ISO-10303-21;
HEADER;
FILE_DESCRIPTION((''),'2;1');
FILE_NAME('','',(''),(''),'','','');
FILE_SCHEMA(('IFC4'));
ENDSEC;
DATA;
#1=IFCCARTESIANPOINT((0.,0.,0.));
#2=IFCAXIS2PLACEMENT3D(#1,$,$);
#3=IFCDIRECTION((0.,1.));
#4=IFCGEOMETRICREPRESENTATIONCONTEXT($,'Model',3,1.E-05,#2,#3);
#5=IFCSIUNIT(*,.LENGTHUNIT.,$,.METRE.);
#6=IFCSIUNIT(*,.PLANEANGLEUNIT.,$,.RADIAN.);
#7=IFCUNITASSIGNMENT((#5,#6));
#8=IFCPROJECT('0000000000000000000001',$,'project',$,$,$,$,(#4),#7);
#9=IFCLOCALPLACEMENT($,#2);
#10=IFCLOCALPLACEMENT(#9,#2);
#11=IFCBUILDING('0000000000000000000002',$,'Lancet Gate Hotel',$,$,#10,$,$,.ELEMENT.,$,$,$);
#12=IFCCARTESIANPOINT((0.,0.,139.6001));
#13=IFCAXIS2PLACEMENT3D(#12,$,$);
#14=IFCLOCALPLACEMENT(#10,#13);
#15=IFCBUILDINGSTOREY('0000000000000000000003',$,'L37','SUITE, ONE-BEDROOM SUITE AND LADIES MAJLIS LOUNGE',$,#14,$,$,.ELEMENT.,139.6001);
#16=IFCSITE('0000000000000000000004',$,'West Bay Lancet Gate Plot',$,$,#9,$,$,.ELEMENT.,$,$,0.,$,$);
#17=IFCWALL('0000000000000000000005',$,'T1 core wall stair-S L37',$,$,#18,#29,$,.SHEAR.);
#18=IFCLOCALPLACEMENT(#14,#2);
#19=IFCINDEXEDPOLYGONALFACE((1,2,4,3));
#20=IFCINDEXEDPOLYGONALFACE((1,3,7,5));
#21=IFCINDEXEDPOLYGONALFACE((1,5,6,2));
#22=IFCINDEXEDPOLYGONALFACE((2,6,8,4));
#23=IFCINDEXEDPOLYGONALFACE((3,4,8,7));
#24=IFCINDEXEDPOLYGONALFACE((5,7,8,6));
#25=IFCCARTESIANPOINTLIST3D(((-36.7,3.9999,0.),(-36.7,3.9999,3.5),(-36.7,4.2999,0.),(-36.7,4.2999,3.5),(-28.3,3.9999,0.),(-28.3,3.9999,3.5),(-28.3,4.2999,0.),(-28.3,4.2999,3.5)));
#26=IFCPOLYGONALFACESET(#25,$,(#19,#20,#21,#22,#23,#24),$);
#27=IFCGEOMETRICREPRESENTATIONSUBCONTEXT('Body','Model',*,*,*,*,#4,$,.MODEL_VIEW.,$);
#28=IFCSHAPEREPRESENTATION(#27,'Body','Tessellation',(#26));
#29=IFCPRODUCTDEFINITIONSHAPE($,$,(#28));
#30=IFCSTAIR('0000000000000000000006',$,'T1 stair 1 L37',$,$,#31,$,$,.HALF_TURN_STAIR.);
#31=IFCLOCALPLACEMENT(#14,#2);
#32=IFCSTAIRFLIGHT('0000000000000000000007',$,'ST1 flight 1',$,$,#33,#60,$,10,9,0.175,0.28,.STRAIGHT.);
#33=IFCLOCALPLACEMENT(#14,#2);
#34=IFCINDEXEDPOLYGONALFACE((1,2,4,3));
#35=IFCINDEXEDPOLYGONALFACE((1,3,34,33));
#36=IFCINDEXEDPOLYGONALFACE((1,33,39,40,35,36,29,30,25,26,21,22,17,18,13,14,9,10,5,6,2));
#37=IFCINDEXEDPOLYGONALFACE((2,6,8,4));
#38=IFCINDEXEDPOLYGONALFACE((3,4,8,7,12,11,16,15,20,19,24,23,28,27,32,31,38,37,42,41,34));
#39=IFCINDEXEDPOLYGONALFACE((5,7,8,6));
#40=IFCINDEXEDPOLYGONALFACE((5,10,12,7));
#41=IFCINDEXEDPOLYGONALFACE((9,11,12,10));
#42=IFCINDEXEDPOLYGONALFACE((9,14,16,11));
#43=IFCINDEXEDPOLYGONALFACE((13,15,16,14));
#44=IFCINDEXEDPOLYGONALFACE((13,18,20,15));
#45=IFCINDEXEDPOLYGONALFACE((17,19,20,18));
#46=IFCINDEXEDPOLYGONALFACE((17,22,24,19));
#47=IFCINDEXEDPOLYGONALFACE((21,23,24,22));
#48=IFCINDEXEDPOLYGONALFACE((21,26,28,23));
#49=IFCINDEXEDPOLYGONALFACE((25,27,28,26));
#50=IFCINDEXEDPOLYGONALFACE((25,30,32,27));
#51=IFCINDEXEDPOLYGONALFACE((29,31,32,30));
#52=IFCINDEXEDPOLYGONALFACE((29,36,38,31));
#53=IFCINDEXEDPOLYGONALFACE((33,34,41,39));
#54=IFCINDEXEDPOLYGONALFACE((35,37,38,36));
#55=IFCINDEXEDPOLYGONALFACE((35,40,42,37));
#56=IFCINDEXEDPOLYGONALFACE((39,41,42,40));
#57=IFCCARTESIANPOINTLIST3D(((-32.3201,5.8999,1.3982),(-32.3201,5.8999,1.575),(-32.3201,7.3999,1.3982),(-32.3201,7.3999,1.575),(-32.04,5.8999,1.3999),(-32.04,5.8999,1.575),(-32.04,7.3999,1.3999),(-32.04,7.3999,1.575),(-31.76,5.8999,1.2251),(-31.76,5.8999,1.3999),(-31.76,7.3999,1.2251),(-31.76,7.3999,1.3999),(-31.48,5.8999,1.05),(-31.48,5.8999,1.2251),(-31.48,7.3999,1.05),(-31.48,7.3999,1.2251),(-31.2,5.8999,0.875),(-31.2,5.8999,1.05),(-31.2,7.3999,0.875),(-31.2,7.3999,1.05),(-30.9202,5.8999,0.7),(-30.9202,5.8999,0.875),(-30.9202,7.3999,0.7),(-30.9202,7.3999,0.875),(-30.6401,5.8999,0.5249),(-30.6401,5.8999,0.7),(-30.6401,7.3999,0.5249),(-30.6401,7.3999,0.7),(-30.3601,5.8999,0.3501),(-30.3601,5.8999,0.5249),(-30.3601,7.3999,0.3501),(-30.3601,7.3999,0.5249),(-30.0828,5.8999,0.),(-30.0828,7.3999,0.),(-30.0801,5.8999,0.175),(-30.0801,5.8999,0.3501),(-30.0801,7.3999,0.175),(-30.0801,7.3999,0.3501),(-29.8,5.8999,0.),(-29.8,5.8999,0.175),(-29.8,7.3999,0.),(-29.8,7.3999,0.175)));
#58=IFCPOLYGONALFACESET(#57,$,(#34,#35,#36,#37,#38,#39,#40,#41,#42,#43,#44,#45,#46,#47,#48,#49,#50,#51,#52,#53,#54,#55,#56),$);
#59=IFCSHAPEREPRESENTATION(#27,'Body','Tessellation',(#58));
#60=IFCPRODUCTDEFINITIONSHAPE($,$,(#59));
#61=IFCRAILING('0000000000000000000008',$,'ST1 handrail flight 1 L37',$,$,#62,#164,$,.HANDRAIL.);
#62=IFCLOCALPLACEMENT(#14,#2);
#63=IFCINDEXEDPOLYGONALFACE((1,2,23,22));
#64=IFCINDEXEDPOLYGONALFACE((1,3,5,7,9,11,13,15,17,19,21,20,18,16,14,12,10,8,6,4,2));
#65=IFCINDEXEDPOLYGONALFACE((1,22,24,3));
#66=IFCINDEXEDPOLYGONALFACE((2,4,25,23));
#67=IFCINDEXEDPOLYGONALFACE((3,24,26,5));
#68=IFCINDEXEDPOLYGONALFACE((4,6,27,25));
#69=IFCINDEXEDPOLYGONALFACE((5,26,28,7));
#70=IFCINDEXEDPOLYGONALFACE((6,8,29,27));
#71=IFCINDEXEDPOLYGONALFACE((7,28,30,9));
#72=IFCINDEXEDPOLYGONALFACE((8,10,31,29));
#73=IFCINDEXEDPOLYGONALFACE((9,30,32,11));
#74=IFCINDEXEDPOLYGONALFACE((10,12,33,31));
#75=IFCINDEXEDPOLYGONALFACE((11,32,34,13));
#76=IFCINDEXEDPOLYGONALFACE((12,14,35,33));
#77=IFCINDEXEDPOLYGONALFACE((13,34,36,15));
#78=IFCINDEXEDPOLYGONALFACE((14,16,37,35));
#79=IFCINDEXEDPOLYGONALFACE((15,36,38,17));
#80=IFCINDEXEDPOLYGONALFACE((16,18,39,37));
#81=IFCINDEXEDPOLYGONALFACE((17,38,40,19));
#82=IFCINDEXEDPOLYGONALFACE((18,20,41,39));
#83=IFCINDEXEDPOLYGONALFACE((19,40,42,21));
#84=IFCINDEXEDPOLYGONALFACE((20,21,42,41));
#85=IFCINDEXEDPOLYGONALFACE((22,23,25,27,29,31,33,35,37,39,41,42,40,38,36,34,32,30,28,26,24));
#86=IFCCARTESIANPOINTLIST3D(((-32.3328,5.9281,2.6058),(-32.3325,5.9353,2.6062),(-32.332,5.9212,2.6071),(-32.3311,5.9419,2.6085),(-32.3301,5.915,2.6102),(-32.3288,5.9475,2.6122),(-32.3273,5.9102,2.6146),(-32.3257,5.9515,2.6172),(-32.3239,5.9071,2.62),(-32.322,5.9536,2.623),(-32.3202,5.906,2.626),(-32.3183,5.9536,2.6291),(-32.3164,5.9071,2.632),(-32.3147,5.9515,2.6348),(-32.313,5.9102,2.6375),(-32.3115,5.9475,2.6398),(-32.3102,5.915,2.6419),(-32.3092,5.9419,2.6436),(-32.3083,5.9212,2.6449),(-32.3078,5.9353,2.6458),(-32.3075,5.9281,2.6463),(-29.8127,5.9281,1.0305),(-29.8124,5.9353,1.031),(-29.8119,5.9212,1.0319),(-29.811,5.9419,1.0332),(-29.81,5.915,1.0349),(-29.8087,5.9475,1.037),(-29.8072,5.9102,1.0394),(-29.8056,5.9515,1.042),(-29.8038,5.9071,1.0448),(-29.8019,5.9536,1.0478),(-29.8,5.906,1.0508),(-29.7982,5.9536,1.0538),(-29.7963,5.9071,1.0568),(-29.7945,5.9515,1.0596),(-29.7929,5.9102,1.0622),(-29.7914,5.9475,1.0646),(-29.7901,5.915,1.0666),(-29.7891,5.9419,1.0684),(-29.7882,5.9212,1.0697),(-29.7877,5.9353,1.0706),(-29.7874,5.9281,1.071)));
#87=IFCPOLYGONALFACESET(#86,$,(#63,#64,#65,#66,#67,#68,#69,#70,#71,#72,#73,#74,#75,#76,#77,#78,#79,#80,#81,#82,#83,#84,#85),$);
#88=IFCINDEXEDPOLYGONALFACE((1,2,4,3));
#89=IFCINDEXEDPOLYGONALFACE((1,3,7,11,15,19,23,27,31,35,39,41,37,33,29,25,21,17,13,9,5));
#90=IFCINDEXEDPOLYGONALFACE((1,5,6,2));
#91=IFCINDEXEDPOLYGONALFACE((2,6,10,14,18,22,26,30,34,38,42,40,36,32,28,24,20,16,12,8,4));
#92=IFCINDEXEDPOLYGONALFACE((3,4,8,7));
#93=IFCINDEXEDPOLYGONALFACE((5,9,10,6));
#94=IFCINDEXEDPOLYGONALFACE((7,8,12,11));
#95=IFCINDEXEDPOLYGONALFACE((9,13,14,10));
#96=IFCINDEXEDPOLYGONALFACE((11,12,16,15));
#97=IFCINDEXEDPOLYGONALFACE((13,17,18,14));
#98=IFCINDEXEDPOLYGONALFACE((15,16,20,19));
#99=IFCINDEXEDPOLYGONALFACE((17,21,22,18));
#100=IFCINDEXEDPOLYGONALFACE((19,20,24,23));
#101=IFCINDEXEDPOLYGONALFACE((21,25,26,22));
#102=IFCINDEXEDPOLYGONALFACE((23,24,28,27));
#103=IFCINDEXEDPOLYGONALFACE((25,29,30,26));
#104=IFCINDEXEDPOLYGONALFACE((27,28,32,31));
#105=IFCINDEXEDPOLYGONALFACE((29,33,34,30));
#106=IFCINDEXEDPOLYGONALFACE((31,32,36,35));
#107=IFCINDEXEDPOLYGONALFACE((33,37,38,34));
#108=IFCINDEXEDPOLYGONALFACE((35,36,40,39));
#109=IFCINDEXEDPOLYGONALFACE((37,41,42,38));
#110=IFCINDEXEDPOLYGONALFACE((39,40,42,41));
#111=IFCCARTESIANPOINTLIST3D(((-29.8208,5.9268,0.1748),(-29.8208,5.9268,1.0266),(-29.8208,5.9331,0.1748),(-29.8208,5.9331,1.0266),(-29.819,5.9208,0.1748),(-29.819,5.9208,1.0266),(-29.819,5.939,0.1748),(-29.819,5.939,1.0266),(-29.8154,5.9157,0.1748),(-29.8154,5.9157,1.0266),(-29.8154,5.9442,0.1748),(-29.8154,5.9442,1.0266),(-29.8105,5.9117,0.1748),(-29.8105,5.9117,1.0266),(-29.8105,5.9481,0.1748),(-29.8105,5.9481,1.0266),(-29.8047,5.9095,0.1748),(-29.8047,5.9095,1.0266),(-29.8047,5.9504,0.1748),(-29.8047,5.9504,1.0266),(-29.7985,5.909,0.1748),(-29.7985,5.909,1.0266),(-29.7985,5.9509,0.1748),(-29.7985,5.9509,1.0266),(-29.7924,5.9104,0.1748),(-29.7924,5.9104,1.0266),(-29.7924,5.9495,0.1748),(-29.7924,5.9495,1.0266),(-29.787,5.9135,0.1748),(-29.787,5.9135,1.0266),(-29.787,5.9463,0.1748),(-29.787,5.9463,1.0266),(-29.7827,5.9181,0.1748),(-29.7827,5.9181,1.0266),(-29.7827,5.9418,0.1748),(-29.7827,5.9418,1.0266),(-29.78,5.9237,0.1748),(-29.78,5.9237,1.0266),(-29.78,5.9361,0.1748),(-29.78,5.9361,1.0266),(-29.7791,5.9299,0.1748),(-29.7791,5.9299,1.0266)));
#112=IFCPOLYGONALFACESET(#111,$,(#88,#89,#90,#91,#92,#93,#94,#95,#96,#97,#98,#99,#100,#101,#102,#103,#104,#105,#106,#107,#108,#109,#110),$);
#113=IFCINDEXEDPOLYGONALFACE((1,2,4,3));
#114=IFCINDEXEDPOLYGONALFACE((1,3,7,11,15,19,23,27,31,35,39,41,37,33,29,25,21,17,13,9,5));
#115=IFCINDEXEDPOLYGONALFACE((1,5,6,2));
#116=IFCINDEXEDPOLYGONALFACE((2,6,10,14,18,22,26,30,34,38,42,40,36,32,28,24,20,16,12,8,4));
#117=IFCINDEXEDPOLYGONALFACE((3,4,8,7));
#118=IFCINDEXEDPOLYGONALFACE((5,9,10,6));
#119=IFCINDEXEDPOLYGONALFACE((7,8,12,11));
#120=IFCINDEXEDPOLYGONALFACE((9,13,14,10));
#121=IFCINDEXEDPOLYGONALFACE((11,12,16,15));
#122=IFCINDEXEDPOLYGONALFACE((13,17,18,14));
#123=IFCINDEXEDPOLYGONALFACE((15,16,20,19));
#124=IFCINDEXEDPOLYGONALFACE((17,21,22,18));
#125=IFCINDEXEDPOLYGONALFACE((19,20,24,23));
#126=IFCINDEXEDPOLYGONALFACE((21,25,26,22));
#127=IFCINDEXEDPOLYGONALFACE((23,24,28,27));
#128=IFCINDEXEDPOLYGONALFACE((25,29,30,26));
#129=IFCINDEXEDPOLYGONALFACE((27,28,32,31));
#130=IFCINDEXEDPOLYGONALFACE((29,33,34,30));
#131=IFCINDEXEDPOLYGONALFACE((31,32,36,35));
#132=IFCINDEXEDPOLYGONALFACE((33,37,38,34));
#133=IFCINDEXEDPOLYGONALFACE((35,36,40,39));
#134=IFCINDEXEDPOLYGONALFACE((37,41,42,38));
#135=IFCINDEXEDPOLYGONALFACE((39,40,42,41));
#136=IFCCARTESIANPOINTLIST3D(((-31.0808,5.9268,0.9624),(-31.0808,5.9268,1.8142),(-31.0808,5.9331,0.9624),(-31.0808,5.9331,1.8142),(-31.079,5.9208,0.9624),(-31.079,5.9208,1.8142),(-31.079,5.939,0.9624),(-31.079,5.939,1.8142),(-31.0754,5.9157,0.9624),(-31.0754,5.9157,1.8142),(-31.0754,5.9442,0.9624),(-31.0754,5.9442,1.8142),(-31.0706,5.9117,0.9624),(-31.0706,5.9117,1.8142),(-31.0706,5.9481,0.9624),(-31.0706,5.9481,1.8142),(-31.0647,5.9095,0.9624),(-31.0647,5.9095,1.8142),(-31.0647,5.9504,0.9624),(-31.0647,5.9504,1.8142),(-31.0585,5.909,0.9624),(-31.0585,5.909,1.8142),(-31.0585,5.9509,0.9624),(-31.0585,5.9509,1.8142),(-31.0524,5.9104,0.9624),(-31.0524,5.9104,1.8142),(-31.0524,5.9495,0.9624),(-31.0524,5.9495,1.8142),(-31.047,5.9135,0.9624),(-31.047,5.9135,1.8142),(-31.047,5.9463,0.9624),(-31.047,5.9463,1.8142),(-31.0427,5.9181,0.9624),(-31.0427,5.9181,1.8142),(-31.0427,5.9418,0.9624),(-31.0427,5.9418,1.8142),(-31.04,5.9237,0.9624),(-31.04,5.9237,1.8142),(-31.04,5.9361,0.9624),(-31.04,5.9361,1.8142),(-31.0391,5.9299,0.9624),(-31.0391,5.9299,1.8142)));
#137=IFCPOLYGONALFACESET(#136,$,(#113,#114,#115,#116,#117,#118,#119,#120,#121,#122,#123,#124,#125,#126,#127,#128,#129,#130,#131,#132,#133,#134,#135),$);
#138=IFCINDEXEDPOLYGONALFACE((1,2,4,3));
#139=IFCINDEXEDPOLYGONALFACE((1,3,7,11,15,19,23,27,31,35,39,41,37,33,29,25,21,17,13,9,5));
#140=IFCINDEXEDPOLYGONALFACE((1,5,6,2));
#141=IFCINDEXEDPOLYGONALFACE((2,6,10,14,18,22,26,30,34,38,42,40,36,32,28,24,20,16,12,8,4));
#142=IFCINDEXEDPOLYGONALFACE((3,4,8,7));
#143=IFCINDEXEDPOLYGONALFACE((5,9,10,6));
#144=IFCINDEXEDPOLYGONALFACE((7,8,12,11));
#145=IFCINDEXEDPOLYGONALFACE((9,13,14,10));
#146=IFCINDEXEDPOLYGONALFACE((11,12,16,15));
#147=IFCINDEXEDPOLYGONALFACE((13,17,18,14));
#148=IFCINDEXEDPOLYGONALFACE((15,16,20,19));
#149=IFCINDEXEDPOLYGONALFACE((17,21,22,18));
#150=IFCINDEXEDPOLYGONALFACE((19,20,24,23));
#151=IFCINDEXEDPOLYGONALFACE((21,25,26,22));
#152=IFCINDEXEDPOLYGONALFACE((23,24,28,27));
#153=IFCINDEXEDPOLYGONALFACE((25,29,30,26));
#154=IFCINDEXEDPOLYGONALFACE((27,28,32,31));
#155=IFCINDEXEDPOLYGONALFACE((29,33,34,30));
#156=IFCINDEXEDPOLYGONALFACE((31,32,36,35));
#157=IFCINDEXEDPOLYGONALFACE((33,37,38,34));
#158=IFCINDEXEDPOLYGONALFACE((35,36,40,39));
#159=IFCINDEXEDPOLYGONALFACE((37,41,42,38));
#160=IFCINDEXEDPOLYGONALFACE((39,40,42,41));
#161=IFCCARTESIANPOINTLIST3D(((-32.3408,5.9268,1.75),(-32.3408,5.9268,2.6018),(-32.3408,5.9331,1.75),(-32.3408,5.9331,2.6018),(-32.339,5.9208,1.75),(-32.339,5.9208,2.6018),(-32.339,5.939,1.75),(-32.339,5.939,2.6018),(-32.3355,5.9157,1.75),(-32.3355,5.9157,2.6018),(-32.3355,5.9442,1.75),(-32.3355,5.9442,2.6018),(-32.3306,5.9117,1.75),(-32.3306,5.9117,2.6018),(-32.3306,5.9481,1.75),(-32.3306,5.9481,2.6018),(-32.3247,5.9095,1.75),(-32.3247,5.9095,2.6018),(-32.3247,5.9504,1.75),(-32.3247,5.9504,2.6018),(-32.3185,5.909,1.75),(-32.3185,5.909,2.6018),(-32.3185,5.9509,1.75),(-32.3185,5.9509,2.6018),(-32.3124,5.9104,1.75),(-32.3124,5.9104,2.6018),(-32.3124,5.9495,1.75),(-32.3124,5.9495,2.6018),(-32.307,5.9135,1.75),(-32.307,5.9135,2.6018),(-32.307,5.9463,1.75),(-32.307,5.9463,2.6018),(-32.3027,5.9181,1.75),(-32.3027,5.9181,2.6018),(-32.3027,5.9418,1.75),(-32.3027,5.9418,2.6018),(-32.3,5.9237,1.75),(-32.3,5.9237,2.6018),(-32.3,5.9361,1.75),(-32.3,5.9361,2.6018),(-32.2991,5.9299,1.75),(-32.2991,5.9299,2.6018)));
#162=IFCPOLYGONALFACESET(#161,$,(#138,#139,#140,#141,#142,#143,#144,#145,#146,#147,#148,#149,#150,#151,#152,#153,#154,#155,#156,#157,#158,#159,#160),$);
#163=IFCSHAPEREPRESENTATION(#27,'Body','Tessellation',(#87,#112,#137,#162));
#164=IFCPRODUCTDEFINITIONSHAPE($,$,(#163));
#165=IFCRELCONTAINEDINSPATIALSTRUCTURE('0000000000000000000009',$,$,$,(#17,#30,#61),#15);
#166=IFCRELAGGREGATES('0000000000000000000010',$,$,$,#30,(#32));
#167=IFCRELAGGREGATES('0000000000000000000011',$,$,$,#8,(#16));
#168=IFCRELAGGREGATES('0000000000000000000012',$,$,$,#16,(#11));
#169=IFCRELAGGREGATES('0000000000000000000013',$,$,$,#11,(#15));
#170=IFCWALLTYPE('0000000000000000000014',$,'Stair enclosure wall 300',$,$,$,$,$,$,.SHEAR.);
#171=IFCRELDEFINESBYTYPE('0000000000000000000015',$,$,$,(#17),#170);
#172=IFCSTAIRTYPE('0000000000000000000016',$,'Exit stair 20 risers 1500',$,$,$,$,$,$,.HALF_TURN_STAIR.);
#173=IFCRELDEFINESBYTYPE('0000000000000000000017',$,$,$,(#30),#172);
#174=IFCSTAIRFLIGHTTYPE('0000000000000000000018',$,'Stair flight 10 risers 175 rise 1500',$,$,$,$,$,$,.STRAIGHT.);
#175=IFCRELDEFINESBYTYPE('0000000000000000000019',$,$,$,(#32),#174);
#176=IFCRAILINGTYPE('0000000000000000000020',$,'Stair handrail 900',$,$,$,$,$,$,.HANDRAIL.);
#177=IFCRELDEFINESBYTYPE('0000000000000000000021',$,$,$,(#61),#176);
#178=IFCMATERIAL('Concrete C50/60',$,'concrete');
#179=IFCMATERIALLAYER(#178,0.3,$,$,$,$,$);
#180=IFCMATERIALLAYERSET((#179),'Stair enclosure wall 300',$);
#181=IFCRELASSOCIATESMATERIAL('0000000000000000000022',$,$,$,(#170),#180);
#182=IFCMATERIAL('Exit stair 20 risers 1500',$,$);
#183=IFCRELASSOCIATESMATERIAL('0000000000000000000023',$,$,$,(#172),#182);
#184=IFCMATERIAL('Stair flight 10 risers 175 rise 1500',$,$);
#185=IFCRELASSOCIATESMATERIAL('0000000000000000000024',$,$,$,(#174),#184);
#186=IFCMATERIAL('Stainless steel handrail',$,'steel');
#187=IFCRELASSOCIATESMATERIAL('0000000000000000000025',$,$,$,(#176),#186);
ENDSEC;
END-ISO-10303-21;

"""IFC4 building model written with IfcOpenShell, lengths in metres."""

from ifc_helpers import new_model, si_unit, direction, frame, frame_2d, origin, origin_2d, place, context, subcontext, project, spatial, polyline, rectangle, circle, outline, extrude, material, layer, layer_set, type_object, element, aggregate, save


model = new_model("IFC4")

# Units and contexts
model_context = context("Model", 3, precision=1e-05, world=origin(), true_north=direction((0.0, 1.0)))
body_context = subcontext(model_context, "Body", "Model", "MODEL_VIEW")
ifc_project = project(units=[si_unit("LENGTHUNIT", "METRE"), si_unit("PLANEANGLEUNIT", "RADIAN")], contexts=[model_context])

# Site, building, storey
site_placement = place(None, origin())
site = spatial("IfcSite", under=ifc_project, at=site_placement, Name="West Bay Lancet Gate Plot", CompositionType="ELEMENT", RefElevation=0.0)
building_placement = place(site_placement, origin())
building = spatial("IfcBuilding", under=site, at=building_placement, Name="Lancet Gate Hotel", CompositionType="ELEMENT")
storey_placement = place(building_placement, frame((0.0, 0.0, 139.6001)))
storey = spatial("IfcBuildingStorey", under=building, at=storey_placement, Name="L37", Description="SUITE, ONE-BEDROOM SUITE AND LADIES MAJLIS LOUNGE", CompositionType="ELEMENT", Elevation=139.6001)

# Wall
ifc_material_1 = material(Name="Concrete C50/60", Category="concrete")
ifc_layer_1 = layer(ifc_material_1, 0.3)
ifc_layer_set_1 = layer_set([ifc_layer_1], Name="Stair enclosure wall 300")
wall_type_1 = type_object("IfcWallType", Name="Stair enclosure wall 300", PredefinedType="SHEAR", material=ifc_layer_set_1)
wall_1_placement = place(storey_placement, frame((-28.3, 4.1499, 0.0), z_axis=(0.0, 0.0, 1.0), x_axis=(-1.0, 0.0, 0.0)))
element("IfcWall", 1, at=wall_1_placement, inside=storey, type_object=wall_type_1, Name="T1 core wall stair-S L37", PredefinedType="SHEAR", context=body_context, shape_type="SweptSolid", body=[
    extrude(rectangle(XDim=8.3999, YDim=0.3, at=frame_2d((4.2, 0.0))), origin(), (0.0, 0.0, 1.0), 3.5),
])

# Stair, stair flight
ifc_material_2 = material(Name="Exit stair 20 risers 1500")
stair_type = type_object("IfcStairType", Name="Exit stair 20 risers 1500", PredefinedType="HALF_TURN_STAIR", material=ifc_material_2)
stair_placement = place(storey_placement, origin())
stair = element("IfcStair", 2, at=stair_placement, inside=storey, type_object=stair_type, Name="T1 stair 1 L37", PredefinedType="HALF_TURN_STAIR")
ifc_material_3 = material(Name="Stair flight 10 risers 175 rise 1500")
stair_flight_type = type_object("IfcStairFlightType", Name="Stair flight 10 risers 175 rise 1500", PredefinedType="STRAIGHT", material=ifc_material_3)
stair_flight_placement = place(storey_placement, frame((-29.8, 6.6499, 0.0), z_axis=(0.0, 0.0, 1.0), x_axis=(-1.0, 0.0, 0.0)))
stair_flight = element("IfcStairFlight", 3, at=stair_flight_placement, type_object=stair_flight_type, Name="ST1 flight 1", NumberOfRisers=10, NumberOfTreads=9, PredefinedType="STRAIGHT", RiserHeight=0.175, TreadLength=0.28, context=body_context, shape_type="SweptSolid", body=[
    extrude(outline(polyline([(0.0, 0.0), (0.0, 0.175), (0.28, 0.175), (0.28, 0.3501), (0.5601, 0.3501), (0.5601, 0.5249), (0.8401, 0.5249), (0.8401, 0.7), (1.1201, 0.7), (1.1201, 0.875), (1.3999, 0.875), (1.3999, 1.05), (1.6799, 1.05), (1.6799, 1.2251), (1.96, 1.2251), (1.96, 1.3999), (2.24, 1.3999), (2.24, 1.575), (2.52, 1.575), (2.52, 1.75), (2.52, 1.3982), (0.2827, 0.0), (0.0, 0.0)])), frame((0.0, 0.75, 0.0), z_axis=(0.0, -1.0, 0.0), x_axis=(1.0, 0.0, 0.0)), (0.0, 0.0, 1.0), 1.5),
])
aggregate(stair, [stair_flight])

# Railing
ifc_material_4 = material(Name="Stainless steel handrail", Category="steel")
railing_type = type_object("IfcRailingType", Name="Stair handrail 900", PredefinedType="HANDRAIL", material=ifc_material_4)
railing_placement = place(storey_placement, frame((-29.8, 5.9299, 0.1748)))
element("IfcRailing", 4, at=railing_placement, inside=storey, type_object=railing_type, Name="ST1 handrail flight 1 L37", PredefinedType="HANDRAIL", context=body_context, shape_type="SweptSolid", body=[
    extrude(circle(Radius=0.0239, at=origin_2d()), frame((0.0, 0.0, 0.876), z_axis=(-0.847971, 0.0, 0.530043), x_axis=(0.0, -1.0, 0.0)), (0.0, 0.0, 1.0), 2.9719),
    extrude(circle(Radius=0.021, at=origin_2d()), origin(), (0.0, 0.0, 1.0), 0.8518),
    extrude(circle(Radius=0.021, at=origin_2d()), frame((-1.26, 0.0, 0.7876)), (0.0, 0.0, 1.0), 0.8518),
    extrude(circle(Radius=0.021, at=origin_2d()), frame((-2.52, 0.0, 1.5752)), (0.0, 0.0, 1.0), 0.8518),
])

save(model, "model.ifc")
